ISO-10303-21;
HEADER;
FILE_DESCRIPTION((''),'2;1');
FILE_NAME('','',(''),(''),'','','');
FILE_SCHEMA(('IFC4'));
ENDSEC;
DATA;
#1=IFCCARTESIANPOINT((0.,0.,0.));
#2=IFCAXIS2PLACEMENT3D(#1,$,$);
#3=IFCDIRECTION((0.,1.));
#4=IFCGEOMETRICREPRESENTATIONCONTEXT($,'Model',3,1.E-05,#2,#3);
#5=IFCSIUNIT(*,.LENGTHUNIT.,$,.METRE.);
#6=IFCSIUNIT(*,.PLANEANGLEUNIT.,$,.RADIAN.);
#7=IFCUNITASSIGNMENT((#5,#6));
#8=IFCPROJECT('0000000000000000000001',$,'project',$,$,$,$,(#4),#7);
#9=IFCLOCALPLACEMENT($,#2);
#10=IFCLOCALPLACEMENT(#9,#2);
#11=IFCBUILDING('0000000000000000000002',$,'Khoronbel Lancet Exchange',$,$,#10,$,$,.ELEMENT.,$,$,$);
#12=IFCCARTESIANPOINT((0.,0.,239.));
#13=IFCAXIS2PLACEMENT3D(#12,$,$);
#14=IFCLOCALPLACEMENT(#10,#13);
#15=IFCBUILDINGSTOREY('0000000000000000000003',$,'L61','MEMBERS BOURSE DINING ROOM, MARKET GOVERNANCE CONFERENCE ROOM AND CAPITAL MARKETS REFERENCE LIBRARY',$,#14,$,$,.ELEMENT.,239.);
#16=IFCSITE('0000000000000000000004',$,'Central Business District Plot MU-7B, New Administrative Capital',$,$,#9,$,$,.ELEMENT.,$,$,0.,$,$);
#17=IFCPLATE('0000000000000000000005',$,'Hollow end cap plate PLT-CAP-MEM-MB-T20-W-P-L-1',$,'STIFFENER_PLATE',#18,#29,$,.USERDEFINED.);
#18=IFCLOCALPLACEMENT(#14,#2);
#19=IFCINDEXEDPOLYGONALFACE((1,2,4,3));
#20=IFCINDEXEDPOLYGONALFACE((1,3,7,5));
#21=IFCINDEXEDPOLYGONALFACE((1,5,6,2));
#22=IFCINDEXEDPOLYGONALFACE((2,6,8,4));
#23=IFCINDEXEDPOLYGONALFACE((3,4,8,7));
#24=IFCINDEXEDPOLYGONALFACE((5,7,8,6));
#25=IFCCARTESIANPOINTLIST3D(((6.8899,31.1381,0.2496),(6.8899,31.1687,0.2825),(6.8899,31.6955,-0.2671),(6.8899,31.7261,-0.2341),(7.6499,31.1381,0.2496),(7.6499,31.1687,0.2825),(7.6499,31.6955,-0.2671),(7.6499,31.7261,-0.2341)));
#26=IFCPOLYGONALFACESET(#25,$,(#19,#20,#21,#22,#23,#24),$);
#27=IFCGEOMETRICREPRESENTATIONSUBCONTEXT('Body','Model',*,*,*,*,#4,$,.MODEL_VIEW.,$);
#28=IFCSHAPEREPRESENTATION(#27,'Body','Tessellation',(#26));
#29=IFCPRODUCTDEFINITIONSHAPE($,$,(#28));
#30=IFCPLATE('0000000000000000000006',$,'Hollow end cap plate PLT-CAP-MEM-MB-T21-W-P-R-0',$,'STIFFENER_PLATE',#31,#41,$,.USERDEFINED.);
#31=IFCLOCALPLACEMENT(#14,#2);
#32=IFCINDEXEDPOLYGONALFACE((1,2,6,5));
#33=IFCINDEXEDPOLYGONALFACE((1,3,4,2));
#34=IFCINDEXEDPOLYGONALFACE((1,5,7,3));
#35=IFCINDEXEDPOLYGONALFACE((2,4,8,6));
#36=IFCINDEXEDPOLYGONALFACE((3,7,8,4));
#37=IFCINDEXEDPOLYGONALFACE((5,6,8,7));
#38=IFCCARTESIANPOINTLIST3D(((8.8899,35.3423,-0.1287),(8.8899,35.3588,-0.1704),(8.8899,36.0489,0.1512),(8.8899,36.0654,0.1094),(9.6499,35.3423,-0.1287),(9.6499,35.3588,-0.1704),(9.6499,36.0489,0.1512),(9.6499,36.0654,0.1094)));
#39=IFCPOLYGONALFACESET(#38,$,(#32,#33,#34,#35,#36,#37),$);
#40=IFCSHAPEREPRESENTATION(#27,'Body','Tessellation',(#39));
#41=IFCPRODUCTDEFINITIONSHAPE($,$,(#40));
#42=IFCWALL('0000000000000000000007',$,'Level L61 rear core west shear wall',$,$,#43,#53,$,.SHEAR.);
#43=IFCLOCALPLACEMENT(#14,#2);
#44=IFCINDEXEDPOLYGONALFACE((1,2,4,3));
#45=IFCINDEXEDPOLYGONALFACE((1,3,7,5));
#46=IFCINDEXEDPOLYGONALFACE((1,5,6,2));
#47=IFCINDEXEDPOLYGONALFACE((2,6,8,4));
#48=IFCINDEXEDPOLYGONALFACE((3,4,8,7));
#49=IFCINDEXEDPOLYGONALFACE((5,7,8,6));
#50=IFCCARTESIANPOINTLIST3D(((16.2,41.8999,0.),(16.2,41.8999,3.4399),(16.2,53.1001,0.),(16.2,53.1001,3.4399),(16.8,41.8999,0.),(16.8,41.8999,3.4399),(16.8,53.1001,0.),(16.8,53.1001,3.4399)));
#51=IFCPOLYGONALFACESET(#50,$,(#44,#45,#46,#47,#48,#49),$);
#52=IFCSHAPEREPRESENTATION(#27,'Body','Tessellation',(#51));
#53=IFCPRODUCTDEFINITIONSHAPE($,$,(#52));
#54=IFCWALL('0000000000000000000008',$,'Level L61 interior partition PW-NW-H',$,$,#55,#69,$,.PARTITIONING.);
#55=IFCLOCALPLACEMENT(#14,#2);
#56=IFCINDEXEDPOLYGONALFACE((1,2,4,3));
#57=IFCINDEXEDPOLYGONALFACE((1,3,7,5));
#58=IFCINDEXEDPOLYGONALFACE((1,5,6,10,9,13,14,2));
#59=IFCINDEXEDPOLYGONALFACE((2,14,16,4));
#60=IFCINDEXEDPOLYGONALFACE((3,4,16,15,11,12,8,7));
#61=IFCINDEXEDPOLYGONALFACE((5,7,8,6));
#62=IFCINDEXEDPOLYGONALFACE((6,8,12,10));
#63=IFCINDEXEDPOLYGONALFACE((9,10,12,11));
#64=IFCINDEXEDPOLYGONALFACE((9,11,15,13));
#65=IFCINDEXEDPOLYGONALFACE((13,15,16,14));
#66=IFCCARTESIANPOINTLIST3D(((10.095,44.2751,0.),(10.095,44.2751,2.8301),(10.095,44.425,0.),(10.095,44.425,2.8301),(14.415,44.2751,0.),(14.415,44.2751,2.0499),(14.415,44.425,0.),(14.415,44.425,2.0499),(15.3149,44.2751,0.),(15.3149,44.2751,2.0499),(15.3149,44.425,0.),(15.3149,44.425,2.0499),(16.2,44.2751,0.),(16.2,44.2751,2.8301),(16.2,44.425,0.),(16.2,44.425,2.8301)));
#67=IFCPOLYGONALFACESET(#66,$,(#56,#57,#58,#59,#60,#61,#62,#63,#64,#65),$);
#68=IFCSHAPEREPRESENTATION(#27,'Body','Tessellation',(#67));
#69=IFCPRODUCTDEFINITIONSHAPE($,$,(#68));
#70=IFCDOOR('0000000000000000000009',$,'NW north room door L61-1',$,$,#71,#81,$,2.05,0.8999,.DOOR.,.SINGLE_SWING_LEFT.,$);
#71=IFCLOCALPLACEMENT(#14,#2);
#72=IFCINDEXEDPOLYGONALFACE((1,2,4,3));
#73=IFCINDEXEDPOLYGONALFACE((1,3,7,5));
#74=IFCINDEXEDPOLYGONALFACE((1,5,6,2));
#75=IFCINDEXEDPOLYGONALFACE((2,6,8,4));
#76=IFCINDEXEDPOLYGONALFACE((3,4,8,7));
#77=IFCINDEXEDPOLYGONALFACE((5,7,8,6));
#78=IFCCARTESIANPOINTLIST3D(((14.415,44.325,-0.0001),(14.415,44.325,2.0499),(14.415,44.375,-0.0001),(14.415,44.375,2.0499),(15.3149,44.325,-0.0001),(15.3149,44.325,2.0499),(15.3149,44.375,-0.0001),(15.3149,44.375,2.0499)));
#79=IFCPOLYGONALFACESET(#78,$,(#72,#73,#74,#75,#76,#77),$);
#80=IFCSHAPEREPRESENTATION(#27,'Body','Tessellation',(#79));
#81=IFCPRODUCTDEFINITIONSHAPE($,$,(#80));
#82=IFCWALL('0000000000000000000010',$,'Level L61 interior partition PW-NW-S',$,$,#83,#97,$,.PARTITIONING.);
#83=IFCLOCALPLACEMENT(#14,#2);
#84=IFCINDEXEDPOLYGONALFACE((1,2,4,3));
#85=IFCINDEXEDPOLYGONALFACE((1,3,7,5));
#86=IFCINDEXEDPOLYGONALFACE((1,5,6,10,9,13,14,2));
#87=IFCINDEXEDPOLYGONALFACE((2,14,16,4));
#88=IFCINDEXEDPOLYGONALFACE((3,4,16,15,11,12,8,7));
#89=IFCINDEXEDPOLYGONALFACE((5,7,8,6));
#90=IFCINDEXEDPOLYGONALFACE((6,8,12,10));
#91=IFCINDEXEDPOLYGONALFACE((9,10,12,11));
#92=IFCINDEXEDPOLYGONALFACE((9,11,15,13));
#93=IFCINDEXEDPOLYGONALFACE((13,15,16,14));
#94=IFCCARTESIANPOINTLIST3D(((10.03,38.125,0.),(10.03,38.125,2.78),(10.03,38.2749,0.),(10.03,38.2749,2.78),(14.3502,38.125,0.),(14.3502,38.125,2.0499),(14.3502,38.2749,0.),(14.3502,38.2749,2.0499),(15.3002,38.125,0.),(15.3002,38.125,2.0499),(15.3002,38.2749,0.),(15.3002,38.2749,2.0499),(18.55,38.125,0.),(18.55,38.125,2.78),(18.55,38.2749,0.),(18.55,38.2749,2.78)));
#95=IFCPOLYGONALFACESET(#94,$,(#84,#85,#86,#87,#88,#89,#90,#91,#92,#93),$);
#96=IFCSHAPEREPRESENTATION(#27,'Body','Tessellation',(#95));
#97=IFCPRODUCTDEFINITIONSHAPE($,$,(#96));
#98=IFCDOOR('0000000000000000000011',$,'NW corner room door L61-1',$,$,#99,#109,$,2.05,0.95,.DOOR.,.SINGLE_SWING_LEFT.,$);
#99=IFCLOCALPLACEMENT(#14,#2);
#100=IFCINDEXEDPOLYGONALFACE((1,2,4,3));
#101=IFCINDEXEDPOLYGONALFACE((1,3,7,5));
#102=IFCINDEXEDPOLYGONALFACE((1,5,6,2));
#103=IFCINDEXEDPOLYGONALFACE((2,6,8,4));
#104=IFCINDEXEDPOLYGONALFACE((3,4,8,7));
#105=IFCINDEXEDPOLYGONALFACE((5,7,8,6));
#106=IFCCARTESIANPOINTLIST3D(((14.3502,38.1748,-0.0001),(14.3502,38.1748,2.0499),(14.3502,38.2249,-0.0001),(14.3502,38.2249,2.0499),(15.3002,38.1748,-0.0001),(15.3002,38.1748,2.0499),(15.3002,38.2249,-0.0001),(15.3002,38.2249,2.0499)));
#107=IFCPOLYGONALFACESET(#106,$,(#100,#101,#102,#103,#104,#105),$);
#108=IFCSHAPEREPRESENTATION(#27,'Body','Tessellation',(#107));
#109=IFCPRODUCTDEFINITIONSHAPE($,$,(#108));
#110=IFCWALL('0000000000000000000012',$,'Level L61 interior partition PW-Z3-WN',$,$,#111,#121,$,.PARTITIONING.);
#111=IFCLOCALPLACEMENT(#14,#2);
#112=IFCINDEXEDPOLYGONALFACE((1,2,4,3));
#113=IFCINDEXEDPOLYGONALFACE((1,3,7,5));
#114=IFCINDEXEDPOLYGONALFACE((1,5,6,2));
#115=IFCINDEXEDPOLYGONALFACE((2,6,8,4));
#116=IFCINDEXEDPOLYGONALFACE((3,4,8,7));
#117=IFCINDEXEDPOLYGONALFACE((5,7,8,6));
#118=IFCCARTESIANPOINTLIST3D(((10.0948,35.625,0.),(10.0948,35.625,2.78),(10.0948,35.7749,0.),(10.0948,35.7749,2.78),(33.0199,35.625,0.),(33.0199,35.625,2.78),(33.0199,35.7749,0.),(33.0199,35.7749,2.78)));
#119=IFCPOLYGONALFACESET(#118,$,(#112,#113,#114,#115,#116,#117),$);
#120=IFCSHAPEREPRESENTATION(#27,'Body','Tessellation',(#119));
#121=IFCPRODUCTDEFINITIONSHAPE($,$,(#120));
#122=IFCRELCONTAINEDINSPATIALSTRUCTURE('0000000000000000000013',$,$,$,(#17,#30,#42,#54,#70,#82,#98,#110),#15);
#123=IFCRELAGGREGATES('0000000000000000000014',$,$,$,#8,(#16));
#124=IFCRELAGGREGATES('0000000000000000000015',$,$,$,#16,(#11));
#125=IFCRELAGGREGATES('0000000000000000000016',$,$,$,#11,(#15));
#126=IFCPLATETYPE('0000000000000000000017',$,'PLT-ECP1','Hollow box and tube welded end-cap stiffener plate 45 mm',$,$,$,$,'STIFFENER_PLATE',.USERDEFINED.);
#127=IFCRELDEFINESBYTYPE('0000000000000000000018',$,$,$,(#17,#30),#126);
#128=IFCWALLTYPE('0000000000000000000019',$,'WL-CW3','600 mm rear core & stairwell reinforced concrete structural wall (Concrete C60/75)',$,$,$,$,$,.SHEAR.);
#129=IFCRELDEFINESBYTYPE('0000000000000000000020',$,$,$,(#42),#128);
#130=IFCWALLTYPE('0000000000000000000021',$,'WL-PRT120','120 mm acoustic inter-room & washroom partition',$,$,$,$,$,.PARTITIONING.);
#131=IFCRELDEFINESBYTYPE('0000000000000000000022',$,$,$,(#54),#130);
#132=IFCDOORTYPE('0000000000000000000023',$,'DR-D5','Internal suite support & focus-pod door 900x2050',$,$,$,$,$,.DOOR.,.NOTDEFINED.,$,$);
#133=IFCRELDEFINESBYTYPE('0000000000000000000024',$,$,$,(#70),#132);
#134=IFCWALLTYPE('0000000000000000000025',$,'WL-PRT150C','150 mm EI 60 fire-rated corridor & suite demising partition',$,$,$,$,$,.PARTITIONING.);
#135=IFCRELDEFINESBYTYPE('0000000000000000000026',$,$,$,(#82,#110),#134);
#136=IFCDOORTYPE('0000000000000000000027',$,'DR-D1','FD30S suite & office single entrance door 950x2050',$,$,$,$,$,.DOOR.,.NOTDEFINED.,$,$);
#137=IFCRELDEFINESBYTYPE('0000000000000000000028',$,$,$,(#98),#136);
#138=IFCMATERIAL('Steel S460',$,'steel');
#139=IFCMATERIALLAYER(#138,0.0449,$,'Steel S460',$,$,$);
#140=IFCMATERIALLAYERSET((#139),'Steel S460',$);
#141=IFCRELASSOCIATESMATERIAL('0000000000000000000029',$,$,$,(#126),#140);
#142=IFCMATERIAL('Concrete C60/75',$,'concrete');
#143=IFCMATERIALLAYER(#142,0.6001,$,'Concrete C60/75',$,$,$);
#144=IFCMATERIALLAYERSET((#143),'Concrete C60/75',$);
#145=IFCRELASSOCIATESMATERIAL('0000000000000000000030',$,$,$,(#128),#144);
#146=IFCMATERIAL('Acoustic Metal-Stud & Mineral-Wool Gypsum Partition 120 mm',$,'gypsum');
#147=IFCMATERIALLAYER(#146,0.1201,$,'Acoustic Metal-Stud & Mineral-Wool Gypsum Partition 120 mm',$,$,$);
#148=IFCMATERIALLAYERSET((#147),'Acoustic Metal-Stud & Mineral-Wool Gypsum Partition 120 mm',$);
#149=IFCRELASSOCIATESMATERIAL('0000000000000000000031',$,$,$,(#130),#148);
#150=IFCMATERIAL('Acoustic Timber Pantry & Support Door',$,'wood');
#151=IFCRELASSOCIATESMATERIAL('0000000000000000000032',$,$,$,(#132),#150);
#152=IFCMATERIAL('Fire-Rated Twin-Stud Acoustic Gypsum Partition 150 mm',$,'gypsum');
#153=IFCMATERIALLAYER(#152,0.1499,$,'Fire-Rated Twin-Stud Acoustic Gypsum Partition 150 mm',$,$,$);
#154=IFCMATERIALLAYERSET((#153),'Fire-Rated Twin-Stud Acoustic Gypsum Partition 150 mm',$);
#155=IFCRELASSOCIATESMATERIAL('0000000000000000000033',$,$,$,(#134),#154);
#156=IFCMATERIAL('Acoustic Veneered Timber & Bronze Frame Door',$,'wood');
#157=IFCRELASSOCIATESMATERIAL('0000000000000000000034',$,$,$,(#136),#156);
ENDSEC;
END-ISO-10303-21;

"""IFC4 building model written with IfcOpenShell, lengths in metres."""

from ifc_helpers import new_model, si_unit, direction, frame, frame_2d, origin, place, context, subcontext, project, spatial, polyline, rectangle, outline, extrude, material, layer, layer_set, type_object, element, fill, save


model = new_model("IFC4")

# Units and contexts
model_context = context("Model", 3, precision=1e-05, world=origin(), true_north=direction((0.0, 1.0)))
body_context = subcontext(model_context, "Body", "Model", "MODEL_VIEW")
ifc_project = project(units=[si_unit("LENGTHUNIT", "METRE"), si_unit("PLANEANGLEUNIT", "RADIAN")], contexts=[model_context])

# Site, building, storey
site_placement = place(None, origin())
site = spatial("IfcSite", under=ifc_project, at=site_placement, Name="Central Business District Plot MU-7B, New Administrative Capital", CompositionType="ELEMENT", RefElevation=0.0)
building_placement = place(site_placement, origin())
building = spatial("IfcBuilding", under=site, at=building_placement, Name="Khoronbel Lancet Exchange", CompositionType="ELEMENT")
storey_placement = place(building_placement, frame((0.0, 0.0, 239.0)))
storey = spatial("IfcBuildingStorey", under=building, at=storey_placement, Name="L61", Description="MEMBERS BOURSE DINING ROOM, MARKET GOVERNANCE CONFERENCE ROOM AND CAPITAL MARKETS REFERENCE LIBRARY", CompositionType="ELEMENT", Elevation=239.0)

# Shared definitions
ifc_material_1 = material(Name="Steel S460", Category="steel")

# Plates
ifc_layer_1 = layer(ifc_material_1, 0.0449, Name="Steel S460")
ifc_layer_set_1 = layer_set([ifc_layer_1], Name="Steel S460")
plate_type_1 = type_object("IfcPlateType", Name="PLT-ECP1", Description="Hollow box and tube welded end-cap stiffener plate 45 mm", ElementType="STIFFENER_PLATE", PredefinedType="USERDEFINED", material=ifc_layer_set_1)
for number, where, z_axis, x_axis, name in (
    (1, (7.6499, 31.7261, -0.2341), (0.0, 0.679773, 0.733422), (-1.0, 0.0, 0.0), "Hollow end cap plate PLT-CAP-MEM-MB-T20-W-P-L-1"),
    (2, (8.8899, 35.3423, -0.1287), (0.0, -0.368176, 0.929756), (1.0, 0.0, 0.0), "Hollow end cap plate PLT-CAP-MEM-MB-T21-W-P-R-0"),
):
    element("IfcPlate", number, at=place(storey_placement, frame(where, z_axis=z_axis, x_axis=x_axis)), inside=storey, type_object=plate_type_1, Name=name, ObjectType="STIFFENER_PLATE", PredefinedType="USERDEFINED", context=body_context, shape_type="SweptSolid", body=[
        extrude(outline(polyline([(0.0, 0.0), (0.76, 0.0), (0.76, 0.76), (0.0, 0.76), (0.0, 0.0)])), origin(), (0.0, 0.0, -1.0), 0.0449),
    ])

# Wall
ifc_material_2 = material(Name="Concrete C60/75", Category="concrete")
ifc_layer_2 = layer(ifc_material_2, 0.6001, Name="Concrete C60/75")
ifc_layer_set_2 = layer_set([ifc_layer_2], Name="Concrete C60/75")
wall_type_1 = type_object("IfcWallType", Name="WL-CW3", Description="600 mm rear core & stairwell reinforced concrete structural wall (Concrete C60/75)", PredefinedType="SHEAR", material=ifc_layer_set_2)
wall_1_placement = place(storey_placement, frame((16.5, 41.8999, 0.0), z_axis=(0.0, 0.0, 1.0), x_axis=(0.0, 1.0, 0.0)))
element("IfcWall", 3, at=wall_1_placement, inside=storey, type_object=wall_type_1, Name="Level L61 rear core west shear wall", PredefinedType="SHEAR", context=body_context, shape_type="SweptSolid", body=[
    extrude(rectangle(XDim=11.2002, YDim=0.6001, at=frame_2d((5.6001, 0.0))), origin(), (0.0, 0.0, 1.0), 3.4399),
])

# Walls, openings, doors
ifc_material_3 = material(Name="Acoustic Metal-Stud & Mineral-Wool Gypsum Partition 120 mm", Category="gypsum")
ifc_layer_3 = layer(ifc_material_3, 0.1201, Name="Acoustic Metal-Stud & Mineral-Wool Gypsum Partition 120 mm")
ifc_layer_set_3 = layer_set([ifc_layer_3], Name="Acoustic Metal-Stud & Mineral-Wool Gypsum Partition 120 mm")
wall_type_2 = type_object("IfcWallType", Name="WL-PRT120", Description="120 mm acoustic inter-room & washroom partition", PredefinedType="PARTITIONING", material=ifc_layer_set_3)
wall_2_placement = place(storey_placement, frame((10.095, 44.3501, 0.0), z_axis=(0.0, 0.0, 1.0), x_axis=(1.0, 0.0, 0.0)))
wall_2 = element("IfcWall", 4, at=wall_2_placement, inside=storey, type_object=wall_type_2, Name="Level L61 interior partition PW-NW-H", PredefinedType="PARTITIONING", context=body_context, shape_type="SweptSolid", body=[
    extrude(rectangle(XDim=6.105, YDim=0.1499, at=frame_2d((3.0525, 0.0))), origin(), (0.0, 0.0, 1.0), 2.8301),
])
opening_1_placement = place(wall_2_placement, frame((4.3201, 0.0, 0.0)))
opening_1 = element("IfcOpeningElement", 5, at=opening_1_placement, cuts=wall_2, PredefinedType="OPENING", context=body_context, shape_type="SweptSolid", body=[
    extrude(rectangle(XDim=0.8999, YDim=2.05, at=frame_2d((0.45, 1.0249))), frame((0.0, 0.085, 0.0), z_axis=(0.0, -1.0, 0.0), x_axis=(1.0, 0.0, 0.0)), (0.0, 0.0, 1.0), 0.1699),
])
ifc_material_4 = material(Name="Acoustic Timber Pantry & Support Door", Category="wood")
door_type_1 = type_object("IfcDoorType", Name="DR-D5", Description="Internal suite support & focus-pod door 900x2050", OperationType="NOTDEFINED", PredefinedType="DOOR", material=ifc_material_4)
door_1_placement = place(opening_1_placement, origin())
door_1 = element("IfcDoor", 6, at=door_1_placement, inside=storey, type_object=door_type_1, Name="NW north room door L61-1", OperationType="SINGLE_SWING_LEFT", OverallHeight=2.05, OverallWidth=0.8999, PredefinedType="DOOR", context=body_context, shape_type="SweptSolid", body=[
    extrude(rectangle(XDim=0.8999, YDim=2.05, at=frame_2d((0.45, 1.0249))), frame((0.0, 0.0249, 0.0), z_axis=(0.0, -1.0, 0.0), x_axis=(1.0, 0.0, 0.0)), (0.0, 0.0, 1.0), 0.05),
])
fill(opening_1, door_1)
ifc_material_5 = material(Name="Fire-Rated Twin-Stud Acoustic Gypsum Partition 150 mm", Category="gypsum")
ifc_layer_4 = layer(ifc_material_5, 0.1499, Name="Fire-Rated Twin-Stud Acoustic Gypsum Partition 150 mm")
ifc_layer_set_4 = layer_set([ifc_layer_4], Name="Fire-Rated Twin-Stud Acoustic Gypsum Partition 150 mm")
wall_type_3 = type_object("IfcWallType", Name="WL-PRT150C", Description="150 mm EI 60 fire-rated corridor & suite demising partition", PredefinedType="PARTITIONING", material=ifc_layer_set_4)
wall_3_placement = place(storey_placement, frame((10.03, 38.2, 0.0), z_axis=(0.0, 0.0, 1.0), x_axis=(1.0, 0.0, 0.0)))
wall_3 = element("IfcWall", 7, at=wall_3_placement, inside=storey, type_object=wall_type_3, Name="Level L61 interior partition PW-NW-S", PredefinedType="PARTITIONING", context=body_context, shape_type="SweptSolid", body=[
    extrude(rectangle(XDim=8.52, YDim=0.1499, at=frame_2d((4.26, 0.0))), origin(), (0.0, 0.0, 1.0), 2.78),
])
opening_2_placement = place(wall_3_placement, frame((4.3201, 0.0, 0.0)))
opening_2 = element("IfcOpeningElement", 8, at=opening_2_placement, cuts=wall_3, PredefinedType="OPENING", context=body_context, shape_type="SweptSolid", body=[
    extrude(rectangle(XDim=0.95, YDim=2.05, at=frame_2d((0.4751, 1.0249))), frame((0.0, 0.085, 0.0), z_axis=(0.0, -1.0, 0.0), x_axis=(1.0, 0.0, 0.0)), (0.0, 0.0, 1.0), 0.1699),
])
ifc_material_6 = material(Name="Acoustic Veneered Timber & Bronze Frame Door", Category="wood")
door_type_2 = type_object("IfcDoorType", Name="DR-D1", Description="FD30S suite & office single entrance door 950x2050", OperationType="NOTDEFINED", PredefinedType="DOOR", material=ifc_material_6)
door_2_placement = place(opening_2_placement, origin())
door_2 = element("IfcDoor", 9, at=door_2_placement, inside=storey, type_object=door_type_2, Name="NW corner room door L61-1", OperationType="SINGLE_SWING_LEFT", OverallHeight=2.05, OverallWidth=0.95, PredefinedType="DOOR", context=body_context, shape_type="SweptSolid", body=[
    extrude(rectangle(XDim=0.95, YDim=2.05, at=frame_2d((0.4751, 1.0249))), frame((0.0, 0.0249, 0.0), z_axis=(0.0, -1.0, 0.0), x_axis=(1.0, 0.0, 0.0)), (0.0, 0.0, 1.0), 0.05),
])
fill(opening_2, door_2)

# Wall
wall_4_placement = place(storey_placement, frame((10.095, 35.7, 0.0), z_axis=(0.0, 0.0, 1.0), x_axis=(1.0, 0.0, 0.0)))
element("IfcWall", 10, at=wall_4_placement, inside=storey, type_object=wall_type_3, Name="Level L61 interior partition PW-Z3-WN", PredefinedType="PARTITIONING", context=body_context, shape_type="SweptSolid", body=[
    extrude(rectangle(XDim=22.925, YDim=0.1499, at=frame_2d((11.4624, 0.0))), origin(), (0.0, 0.0, 1.0), 2.78),
])

save(model, "model.ifc")
